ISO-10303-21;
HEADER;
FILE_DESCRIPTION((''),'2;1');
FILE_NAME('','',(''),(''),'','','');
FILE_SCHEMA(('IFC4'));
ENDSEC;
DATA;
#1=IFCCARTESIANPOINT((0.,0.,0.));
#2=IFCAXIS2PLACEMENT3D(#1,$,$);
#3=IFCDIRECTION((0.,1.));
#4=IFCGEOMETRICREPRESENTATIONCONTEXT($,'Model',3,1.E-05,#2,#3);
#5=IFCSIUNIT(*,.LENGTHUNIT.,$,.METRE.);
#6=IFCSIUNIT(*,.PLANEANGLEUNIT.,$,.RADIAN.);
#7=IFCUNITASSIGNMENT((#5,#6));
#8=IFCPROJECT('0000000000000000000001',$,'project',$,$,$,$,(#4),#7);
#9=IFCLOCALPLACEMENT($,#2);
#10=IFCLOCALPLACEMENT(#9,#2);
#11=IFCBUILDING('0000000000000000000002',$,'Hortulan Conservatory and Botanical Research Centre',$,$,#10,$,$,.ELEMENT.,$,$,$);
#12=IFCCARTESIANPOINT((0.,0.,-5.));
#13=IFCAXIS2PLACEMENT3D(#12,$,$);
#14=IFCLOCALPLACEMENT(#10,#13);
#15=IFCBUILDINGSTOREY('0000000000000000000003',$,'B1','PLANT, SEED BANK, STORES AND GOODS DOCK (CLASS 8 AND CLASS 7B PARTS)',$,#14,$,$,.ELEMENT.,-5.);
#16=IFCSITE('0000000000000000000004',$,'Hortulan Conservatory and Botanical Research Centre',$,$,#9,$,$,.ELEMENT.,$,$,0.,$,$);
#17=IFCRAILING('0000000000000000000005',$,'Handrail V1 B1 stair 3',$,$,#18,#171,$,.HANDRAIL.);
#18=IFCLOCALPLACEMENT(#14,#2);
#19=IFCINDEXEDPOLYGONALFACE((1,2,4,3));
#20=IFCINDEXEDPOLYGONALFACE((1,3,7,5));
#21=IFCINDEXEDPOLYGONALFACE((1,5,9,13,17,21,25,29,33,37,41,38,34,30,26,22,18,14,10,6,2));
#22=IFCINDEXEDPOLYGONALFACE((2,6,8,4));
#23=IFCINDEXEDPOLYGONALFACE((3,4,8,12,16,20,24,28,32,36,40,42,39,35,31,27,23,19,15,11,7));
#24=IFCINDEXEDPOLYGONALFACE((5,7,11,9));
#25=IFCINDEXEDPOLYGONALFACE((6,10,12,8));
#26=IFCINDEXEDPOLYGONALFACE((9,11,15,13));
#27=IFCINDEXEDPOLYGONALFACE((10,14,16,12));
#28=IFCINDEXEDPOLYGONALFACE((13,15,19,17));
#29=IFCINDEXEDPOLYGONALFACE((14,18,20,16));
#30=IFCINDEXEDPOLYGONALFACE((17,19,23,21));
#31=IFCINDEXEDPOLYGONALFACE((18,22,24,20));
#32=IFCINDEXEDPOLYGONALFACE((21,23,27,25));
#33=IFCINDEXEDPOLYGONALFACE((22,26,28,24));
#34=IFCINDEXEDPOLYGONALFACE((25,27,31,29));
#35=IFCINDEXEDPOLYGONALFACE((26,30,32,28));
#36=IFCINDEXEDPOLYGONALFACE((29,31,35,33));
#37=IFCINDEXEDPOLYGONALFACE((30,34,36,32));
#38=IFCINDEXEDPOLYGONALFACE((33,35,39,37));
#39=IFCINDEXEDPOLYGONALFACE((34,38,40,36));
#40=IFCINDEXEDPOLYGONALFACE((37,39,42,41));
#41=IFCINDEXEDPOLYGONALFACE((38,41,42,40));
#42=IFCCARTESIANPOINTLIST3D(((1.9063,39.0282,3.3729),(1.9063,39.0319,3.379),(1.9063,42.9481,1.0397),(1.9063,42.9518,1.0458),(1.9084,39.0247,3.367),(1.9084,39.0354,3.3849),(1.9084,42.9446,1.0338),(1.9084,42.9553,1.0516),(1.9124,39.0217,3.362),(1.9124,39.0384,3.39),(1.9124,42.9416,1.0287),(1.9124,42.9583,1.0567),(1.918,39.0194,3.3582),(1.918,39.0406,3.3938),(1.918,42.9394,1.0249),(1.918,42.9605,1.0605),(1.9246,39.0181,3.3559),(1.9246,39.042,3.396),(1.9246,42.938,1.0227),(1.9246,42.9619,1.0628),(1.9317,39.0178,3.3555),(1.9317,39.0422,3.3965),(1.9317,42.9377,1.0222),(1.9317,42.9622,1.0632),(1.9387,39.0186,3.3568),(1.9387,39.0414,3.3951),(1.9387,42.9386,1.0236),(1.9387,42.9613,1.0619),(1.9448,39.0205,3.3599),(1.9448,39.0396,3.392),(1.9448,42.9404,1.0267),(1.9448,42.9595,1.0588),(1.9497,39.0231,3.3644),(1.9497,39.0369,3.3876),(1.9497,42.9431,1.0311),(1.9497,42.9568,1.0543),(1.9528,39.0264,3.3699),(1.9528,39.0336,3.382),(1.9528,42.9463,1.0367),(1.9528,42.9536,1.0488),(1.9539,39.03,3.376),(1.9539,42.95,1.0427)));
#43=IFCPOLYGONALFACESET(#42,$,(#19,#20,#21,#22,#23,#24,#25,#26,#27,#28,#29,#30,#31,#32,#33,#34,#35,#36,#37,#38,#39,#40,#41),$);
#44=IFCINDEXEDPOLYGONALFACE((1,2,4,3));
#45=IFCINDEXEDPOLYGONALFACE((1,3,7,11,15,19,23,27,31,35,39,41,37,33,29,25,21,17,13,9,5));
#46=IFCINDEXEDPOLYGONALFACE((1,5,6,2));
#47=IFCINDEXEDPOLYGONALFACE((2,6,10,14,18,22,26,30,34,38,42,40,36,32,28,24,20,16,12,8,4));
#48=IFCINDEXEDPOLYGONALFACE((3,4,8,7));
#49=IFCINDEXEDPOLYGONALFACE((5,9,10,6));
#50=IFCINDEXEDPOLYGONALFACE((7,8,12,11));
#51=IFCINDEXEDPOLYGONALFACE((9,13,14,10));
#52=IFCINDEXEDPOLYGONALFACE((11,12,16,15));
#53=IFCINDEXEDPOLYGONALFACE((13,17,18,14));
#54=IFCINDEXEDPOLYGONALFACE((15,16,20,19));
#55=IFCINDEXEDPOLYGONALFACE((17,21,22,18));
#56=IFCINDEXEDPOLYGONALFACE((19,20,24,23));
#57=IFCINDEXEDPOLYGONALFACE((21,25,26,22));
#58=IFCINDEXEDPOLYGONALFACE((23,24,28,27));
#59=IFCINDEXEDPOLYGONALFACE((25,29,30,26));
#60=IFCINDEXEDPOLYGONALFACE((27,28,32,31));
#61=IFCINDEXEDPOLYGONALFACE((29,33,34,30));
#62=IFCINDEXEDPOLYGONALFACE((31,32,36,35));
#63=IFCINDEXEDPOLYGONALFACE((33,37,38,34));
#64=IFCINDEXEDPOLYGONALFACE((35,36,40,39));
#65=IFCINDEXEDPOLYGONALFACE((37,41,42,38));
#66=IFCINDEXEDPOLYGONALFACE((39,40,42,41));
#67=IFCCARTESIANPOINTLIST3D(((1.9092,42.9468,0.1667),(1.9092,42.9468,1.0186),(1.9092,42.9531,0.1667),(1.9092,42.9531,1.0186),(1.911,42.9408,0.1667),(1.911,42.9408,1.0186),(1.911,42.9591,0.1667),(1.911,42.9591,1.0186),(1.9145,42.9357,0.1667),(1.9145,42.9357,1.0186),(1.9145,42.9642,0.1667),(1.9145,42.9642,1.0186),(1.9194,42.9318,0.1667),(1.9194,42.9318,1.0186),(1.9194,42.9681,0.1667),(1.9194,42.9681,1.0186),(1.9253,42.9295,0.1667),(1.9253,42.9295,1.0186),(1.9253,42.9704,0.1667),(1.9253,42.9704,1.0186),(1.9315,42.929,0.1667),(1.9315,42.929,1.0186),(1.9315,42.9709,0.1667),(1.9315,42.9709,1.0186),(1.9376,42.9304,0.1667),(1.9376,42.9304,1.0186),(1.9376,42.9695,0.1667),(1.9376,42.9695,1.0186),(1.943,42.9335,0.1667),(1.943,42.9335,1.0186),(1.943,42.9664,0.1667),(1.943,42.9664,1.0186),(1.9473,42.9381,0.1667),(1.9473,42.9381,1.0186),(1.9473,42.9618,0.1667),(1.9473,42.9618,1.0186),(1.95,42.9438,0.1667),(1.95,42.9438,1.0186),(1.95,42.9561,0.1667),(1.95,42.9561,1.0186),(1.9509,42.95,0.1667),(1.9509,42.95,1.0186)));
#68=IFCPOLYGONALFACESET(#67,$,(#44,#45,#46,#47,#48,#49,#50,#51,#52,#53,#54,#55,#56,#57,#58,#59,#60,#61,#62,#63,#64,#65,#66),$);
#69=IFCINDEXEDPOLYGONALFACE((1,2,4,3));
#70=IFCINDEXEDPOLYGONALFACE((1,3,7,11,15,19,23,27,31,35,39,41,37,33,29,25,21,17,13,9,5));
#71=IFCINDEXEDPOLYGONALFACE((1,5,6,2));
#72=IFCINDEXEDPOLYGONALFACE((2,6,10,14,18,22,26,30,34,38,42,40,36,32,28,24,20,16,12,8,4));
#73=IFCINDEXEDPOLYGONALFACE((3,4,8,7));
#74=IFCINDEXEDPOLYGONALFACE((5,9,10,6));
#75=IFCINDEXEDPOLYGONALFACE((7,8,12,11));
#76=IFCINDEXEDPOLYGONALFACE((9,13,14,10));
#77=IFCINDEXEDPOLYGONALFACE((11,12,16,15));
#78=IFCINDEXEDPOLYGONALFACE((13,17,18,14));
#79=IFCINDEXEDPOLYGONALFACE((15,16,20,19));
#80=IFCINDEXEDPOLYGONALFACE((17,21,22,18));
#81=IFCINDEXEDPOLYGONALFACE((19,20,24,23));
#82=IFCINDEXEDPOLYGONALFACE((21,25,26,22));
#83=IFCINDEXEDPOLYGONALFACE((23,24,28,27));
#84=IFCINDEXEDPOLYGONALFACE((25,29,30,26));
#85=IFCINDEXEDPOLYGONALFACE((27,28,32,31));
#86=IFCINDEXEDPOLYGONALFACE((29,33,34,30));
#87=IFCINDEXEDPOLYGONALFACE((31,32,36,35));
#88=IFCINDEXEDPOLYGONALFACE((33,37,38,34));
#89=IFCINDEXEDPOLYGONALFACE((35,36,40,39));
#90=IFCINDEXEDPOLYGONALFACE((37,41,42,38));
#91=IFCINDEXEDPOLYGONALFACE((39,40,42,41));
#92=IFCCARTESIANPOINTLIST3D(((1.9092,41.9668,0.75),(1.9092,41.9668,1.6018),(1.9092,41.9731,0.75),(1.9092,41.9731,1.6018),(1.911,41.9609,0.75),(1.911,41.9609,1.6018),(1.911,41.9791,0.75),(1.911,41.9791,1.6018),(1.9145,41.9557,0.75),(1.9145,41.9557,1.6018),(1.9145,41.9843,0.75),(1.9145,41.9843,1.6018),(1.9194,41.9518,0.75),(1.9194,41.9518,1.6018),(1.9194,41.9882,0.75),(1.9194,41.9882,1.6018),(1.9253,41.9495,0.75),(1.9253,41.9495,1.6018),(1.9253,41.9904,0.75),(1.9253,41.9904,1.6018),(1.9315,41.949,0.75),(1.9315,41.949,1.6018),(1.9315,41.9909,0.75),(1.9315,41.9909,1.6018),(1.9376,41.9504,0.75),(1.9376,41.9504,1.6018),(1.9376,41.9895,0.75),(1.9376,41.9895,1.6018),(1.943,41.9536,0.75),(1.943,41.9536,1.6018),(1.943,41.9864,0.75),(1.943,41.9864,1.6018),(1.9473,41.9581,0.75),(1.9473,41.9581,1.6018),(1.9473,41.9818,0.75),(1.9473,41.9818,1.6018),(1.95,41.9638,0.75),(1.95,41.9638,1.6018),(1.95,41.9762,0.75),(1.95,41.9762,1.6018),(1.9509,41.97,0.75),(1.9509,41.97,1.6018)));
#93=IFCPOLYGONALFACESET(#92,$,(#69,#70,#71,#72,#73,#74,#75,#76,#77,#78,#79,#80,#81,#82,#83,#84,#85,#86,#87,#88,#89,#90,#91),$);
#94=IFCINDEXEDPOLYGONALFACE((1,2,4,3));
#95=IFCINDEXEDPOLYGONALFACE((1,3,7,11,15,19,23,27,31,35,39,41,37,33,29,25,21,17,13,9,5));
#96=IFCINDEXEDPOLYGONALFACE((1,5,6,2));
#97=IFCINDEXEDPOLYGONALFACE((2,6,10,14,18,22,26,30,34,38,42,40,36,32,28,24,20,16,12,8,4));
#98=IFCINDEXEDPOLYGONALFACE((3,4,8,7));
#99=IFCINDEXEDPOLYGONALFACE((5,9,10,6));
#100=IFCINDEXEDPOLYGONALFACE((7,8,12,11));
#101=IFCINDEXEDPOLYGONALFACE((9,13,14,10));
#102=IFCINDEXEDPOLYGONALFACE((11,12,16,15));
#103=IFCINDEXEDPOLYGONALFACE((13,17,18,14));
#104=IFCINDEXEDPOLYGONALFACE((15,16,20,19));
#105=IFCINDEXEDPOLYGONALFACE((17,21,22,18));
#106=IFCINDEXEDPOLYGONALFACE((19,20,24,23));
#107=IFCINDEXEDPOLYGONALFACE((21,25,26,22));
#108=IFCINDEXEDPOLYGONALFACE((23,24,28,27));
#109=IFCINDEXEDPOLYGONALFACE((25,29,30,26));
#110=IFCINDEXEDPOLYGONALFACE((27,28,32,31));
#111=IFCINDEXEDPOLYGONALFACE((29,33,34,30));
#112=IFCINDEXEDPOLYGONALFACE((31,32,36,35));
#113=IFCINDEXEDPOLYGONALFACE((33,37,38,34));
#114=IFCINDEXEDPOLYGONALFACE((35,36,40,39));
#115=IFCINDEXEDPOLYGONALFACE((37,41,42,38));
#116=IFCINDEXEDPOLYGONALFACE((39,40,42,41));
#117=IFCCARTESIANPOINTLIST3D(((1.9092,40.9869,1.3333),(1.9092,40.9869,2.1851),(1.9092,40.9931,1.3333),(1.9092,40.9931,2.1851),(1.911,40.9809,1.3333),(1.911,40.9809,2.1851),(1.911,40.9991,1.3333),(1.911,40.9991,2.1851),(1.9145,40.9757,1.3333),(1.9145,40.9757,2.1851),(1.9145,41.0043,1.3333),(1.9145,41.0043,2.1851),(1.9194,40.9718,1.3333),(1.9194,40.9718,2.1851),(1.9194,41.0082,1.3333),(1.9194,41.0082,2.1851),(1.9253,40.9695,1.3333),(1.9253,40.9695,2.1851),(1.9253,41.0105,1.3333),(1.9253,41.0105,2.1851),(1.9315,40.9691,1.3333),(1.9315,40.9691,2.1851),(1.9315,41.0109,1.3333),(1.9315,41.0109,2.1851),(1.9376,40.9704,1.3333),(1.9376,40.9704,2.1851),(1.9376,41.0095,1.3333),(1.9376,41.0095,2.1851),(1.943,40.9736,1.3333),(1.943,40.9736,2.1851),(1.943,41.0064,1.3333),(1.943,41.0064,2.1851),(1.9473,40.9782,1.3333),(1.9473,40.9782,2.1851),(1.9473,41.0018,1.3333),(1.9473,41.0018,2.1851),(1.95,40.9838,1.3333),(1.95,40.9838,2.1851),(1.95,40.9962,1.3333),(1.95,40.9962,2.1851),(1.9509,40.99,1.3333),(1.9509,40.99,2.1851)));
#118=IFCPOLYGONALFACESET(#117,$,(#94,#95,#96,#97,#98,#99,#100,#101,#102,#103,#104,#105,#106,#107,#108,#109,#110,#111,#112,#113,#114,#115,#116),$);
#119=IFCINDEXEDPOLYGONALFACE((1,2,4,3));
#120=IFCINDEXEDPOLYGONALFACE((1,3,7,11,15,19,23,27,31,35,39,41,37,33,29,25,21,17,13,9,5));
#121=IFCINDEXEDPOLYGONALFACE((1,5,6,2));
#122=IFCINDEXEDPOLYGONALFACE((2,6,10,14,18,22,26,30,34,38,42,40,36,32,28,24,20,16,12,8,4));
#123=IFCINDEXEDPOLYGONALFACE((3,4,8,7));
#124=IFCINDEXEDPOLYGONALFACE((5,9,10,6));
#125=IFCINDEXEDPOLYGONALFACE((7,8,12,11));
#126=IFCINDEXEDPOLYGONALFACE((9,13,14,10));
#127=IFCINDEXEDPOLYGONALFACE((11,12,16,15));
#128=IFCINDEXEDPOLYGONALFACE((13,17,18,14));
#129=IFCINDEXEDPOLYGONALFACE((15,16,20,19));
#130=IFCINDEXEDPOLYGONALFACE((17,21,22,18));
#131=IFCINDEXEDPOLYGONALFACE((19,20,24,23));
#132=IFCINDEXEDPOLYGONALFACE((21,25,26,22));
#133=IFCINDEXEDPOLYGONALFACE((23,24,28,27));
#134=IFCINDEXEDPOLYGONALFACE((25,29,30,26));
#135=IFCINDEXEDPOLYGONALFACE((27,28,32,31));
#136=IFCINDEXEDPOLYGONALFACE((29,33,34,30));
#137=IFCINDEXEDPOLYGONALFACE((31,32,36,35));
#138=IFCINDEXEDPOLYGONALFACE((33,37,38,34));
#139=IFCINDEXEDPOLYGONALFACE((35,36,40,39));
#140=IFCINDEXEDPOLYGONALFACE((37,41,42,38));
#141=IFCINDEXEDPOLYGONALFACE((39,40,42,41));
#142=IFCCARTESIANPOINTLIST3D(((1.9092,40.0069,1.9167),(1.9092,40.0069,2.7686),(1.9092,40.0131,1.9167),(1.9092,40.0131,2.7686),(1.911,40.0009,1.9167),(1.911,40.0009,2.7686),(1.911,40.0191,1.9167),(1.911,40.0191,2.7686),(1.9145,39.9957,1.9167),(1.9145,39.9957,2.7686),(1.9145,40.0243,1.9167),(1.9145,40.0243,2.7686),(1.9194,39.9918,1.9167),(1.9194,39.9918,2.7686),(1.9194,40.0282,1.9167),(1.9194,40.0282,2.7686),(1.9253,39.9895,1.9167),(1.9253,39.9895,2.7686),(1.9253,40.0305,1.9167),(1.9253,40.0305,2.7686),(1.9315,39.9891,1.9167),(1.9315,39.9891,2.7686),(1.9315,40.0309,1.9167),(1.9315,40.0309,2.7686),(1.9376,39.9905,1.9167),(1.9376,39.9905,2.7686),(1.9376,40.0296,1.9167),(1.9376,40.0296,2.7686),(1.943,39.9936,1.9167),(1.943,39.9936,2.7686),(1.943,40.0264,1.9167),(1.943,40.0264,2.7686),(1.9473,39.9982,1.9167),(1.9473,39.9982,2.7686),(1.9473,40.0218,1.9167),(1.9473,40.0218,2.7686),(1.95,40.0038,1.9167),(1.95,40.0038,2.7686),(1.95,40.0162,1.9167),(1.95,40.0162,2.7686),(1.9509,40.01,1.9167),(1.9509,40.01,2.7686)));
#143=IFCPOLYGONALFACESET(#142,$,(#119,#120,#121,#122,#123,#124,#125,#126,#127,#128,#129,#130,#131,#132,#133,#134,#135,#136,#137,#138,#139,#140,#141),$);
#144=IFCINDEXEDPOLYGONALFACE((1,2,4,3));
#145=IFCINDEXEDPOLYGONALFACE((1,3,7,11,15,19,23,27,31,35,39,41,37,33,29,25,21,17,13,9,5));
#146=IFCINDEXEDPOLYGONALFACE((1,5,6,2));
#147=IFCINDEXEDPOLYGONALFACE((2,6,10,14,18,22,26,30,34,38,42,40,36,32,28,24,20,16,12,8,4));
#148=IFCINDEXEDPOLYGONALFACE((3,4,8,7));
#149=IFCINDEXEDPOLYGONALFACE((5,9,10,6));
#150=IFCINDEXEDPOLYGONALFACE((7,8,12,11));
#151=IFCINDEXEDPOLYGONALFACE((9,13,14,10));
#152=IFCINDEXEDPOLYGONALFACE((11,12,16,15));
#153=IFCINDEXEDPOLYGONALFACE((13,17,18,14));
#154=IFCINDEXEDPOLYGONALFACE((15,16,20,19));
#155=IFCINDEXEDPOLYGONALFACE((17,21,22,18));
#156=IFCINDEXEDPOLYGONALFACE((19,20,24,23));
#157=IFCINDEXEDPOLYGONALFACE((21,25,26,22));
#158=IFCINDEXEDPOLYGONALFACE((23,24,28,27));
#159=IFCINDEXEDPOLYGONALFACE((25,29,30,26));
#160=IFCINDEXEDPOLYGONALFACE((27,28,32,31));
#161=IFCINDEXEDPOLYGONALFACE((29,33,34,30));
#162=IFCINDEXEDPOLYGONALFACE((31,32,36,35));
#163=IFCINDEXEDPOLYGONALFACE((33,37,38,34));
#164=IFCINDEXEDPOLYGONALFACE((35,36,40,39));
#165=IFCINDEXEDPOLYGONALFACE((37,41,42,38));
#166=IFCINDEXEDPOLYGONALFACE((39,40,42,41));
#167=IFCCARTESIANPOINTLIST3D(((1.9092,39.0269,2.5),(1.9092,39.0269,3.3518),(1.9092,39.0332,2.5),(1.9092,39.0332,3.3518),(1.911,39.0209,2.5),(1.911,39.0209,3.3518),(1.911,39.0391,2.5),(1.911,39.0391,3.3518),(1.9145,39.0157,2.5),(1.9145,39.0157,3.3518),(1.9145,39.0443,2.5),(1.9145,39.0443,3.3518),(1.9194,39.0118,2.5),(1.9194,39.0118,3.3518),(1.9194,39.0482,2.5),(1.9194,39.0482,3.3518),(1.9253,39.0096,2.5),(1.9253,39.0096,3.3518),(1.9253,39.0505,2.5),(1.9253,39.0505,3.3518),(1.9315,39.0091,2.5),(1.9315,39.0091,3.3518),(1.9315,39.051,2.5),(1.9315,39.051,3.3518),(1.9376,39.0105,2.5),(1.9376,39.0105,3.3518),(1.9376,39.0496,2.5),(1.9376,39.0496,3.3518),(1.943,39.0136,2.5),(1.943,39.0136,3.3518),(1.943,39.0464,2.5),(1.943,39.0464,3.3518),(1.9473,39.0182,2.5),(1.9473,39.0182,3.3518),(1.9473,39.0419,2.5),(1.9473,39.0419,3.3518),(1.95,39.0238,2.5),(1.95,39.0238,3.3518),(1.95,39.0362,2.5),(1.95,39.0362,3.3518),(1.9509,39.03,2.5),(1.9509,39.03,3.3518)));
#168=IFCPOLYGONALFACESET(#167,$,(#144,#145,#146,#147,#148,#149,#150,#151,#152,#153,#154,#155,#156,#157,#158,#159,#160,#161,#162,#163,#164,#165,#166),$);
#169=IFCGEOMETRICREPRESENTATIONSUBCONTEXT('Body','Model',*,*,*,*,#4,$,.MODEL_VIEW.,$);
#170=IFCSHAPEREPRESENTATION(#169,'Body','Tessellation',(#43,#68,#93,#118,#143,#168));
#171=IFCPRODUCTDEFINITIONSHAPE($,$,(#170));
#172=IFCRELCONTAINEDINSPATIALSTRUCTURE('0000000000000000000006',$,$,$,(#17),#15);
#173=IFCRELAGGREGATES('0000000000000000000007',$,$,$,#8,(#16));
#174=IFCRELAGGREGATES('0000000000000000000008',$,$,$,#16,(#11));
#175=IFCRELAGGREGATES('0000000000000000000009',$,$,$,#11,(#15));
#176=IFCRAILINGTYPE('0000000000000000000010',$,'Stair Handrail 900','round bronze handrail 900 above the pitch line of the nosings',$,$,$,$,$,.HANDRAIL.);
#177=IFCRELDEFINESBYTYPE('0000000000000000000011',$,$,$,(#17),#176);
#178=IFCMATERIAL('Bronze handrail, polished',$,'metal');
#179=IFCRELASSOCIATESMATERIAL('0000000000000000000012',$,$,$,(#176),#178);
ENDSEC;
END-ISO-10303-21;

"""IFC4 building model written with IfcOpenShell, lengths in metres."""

from ifc_helpers import new_model, si_unit, direction, frame, origin, origin_2d, place, context, subcontext, project, spatial, circle, extrude, material, type_object, element, save


model = new_model("IFC4")

# Units and contexts
model_context = context("Model", 3, precision=1e-05, world=origin(), true_north=direction((0.0, 1.0)))
body_context = subcontext(model_context, "Body", "Model", "MODEL_VIEW")
ifc_project = project(units=[si_unit("LENGTHUNIT", "METRE"), si_unit("PLANEANGLEUNIT", "RADIAN")], contexts=[model_context])

# Site, building, storey
site_placement = place(None, origin())
site = spatial("IfcSite", under=ifc_project, at=site_placement, Name="Hortulan Conservatory and Botanical Research Centre", CompositionType="ELEMENT", RefElevation=0.0)
building_placement = place(site_placement, origin())
building = spatial("IfcBuilding", under=site, at=building_placement, Name="Hortulan Conservatory and Botanical Research Centre", CompositionType="ELEMENT")
storey_placement = place(building_placement, frame((0.0, 0.0, -5.0)))
storey = spatial("IfcBuildingStorey", under=building, at=storey_placement, Name="B1", Description="PLANT, SEED BANK, STORES AND GOODS DOCK (CLASS 8 AND CLASS 7B PARTS)", CompositionType="ELEMENT", Elevation=-5.0)

# Railing
ifc_material_1 = material(Name="Bronze handrail, polished", Category="metal")
railing_type_1 = type_object("IfcRailingType", Name="Stair Handrail 900", Description="round bronze handrail 900 above the pitch line of the nosings", PredefinedType="HANDRAIL", material=ifc_material_1)
railing_1_placement = place(storey_placement, frame((1.9299, 42.95, 0.1667)))
element("IfcRailing", 1, at=railing_1_placement, inside=storey, type_object=railing_type_1, Name="Handrail V1 B1 stair 3", PredefinedType="HANDRAIL", context=body_context, shape_type="SweptSolid", body=[
    extrude(circle(Radius=0.0239, at=origin_2d()), frame((0.0, 0.0, 0.876), z_axis=(0.0, -0.859296, 0.511478), x_axis=(1.0, 0.0, 0.0)), (0.0, 0.0, 1.0), 4.5618),
    extrude(circle(Radius=0.021, at=origin_2d()), origin(), (0.0, 0.0, 1.0), 0.8518),
    extrude(circle(Radius=0.021, at=origin_2d()), frame((0.0, -0.98, 0.5833)), (0.0, 0.0, 1.0), 0.8518),
    extrude(circle(Radius=0.021, at=origin_2d()), frame((0.0, -1.96, 1.1665)), (0.0, 0.0, 1.0), 0.8518),
    extrude(circle(Radius=0.021, at=origin_2d()), frame((0.0, -2.9399, 1.75)), (0.0, 0.0, 1.0), 0.8518),
    extrude(circle(Radius=0.021, at=origin_2d()), frame((0.0, -3.9199, 2.3333)), (0.0, 0.0, 1.0), 0.8518),
])

save(model, "model.ifc")
